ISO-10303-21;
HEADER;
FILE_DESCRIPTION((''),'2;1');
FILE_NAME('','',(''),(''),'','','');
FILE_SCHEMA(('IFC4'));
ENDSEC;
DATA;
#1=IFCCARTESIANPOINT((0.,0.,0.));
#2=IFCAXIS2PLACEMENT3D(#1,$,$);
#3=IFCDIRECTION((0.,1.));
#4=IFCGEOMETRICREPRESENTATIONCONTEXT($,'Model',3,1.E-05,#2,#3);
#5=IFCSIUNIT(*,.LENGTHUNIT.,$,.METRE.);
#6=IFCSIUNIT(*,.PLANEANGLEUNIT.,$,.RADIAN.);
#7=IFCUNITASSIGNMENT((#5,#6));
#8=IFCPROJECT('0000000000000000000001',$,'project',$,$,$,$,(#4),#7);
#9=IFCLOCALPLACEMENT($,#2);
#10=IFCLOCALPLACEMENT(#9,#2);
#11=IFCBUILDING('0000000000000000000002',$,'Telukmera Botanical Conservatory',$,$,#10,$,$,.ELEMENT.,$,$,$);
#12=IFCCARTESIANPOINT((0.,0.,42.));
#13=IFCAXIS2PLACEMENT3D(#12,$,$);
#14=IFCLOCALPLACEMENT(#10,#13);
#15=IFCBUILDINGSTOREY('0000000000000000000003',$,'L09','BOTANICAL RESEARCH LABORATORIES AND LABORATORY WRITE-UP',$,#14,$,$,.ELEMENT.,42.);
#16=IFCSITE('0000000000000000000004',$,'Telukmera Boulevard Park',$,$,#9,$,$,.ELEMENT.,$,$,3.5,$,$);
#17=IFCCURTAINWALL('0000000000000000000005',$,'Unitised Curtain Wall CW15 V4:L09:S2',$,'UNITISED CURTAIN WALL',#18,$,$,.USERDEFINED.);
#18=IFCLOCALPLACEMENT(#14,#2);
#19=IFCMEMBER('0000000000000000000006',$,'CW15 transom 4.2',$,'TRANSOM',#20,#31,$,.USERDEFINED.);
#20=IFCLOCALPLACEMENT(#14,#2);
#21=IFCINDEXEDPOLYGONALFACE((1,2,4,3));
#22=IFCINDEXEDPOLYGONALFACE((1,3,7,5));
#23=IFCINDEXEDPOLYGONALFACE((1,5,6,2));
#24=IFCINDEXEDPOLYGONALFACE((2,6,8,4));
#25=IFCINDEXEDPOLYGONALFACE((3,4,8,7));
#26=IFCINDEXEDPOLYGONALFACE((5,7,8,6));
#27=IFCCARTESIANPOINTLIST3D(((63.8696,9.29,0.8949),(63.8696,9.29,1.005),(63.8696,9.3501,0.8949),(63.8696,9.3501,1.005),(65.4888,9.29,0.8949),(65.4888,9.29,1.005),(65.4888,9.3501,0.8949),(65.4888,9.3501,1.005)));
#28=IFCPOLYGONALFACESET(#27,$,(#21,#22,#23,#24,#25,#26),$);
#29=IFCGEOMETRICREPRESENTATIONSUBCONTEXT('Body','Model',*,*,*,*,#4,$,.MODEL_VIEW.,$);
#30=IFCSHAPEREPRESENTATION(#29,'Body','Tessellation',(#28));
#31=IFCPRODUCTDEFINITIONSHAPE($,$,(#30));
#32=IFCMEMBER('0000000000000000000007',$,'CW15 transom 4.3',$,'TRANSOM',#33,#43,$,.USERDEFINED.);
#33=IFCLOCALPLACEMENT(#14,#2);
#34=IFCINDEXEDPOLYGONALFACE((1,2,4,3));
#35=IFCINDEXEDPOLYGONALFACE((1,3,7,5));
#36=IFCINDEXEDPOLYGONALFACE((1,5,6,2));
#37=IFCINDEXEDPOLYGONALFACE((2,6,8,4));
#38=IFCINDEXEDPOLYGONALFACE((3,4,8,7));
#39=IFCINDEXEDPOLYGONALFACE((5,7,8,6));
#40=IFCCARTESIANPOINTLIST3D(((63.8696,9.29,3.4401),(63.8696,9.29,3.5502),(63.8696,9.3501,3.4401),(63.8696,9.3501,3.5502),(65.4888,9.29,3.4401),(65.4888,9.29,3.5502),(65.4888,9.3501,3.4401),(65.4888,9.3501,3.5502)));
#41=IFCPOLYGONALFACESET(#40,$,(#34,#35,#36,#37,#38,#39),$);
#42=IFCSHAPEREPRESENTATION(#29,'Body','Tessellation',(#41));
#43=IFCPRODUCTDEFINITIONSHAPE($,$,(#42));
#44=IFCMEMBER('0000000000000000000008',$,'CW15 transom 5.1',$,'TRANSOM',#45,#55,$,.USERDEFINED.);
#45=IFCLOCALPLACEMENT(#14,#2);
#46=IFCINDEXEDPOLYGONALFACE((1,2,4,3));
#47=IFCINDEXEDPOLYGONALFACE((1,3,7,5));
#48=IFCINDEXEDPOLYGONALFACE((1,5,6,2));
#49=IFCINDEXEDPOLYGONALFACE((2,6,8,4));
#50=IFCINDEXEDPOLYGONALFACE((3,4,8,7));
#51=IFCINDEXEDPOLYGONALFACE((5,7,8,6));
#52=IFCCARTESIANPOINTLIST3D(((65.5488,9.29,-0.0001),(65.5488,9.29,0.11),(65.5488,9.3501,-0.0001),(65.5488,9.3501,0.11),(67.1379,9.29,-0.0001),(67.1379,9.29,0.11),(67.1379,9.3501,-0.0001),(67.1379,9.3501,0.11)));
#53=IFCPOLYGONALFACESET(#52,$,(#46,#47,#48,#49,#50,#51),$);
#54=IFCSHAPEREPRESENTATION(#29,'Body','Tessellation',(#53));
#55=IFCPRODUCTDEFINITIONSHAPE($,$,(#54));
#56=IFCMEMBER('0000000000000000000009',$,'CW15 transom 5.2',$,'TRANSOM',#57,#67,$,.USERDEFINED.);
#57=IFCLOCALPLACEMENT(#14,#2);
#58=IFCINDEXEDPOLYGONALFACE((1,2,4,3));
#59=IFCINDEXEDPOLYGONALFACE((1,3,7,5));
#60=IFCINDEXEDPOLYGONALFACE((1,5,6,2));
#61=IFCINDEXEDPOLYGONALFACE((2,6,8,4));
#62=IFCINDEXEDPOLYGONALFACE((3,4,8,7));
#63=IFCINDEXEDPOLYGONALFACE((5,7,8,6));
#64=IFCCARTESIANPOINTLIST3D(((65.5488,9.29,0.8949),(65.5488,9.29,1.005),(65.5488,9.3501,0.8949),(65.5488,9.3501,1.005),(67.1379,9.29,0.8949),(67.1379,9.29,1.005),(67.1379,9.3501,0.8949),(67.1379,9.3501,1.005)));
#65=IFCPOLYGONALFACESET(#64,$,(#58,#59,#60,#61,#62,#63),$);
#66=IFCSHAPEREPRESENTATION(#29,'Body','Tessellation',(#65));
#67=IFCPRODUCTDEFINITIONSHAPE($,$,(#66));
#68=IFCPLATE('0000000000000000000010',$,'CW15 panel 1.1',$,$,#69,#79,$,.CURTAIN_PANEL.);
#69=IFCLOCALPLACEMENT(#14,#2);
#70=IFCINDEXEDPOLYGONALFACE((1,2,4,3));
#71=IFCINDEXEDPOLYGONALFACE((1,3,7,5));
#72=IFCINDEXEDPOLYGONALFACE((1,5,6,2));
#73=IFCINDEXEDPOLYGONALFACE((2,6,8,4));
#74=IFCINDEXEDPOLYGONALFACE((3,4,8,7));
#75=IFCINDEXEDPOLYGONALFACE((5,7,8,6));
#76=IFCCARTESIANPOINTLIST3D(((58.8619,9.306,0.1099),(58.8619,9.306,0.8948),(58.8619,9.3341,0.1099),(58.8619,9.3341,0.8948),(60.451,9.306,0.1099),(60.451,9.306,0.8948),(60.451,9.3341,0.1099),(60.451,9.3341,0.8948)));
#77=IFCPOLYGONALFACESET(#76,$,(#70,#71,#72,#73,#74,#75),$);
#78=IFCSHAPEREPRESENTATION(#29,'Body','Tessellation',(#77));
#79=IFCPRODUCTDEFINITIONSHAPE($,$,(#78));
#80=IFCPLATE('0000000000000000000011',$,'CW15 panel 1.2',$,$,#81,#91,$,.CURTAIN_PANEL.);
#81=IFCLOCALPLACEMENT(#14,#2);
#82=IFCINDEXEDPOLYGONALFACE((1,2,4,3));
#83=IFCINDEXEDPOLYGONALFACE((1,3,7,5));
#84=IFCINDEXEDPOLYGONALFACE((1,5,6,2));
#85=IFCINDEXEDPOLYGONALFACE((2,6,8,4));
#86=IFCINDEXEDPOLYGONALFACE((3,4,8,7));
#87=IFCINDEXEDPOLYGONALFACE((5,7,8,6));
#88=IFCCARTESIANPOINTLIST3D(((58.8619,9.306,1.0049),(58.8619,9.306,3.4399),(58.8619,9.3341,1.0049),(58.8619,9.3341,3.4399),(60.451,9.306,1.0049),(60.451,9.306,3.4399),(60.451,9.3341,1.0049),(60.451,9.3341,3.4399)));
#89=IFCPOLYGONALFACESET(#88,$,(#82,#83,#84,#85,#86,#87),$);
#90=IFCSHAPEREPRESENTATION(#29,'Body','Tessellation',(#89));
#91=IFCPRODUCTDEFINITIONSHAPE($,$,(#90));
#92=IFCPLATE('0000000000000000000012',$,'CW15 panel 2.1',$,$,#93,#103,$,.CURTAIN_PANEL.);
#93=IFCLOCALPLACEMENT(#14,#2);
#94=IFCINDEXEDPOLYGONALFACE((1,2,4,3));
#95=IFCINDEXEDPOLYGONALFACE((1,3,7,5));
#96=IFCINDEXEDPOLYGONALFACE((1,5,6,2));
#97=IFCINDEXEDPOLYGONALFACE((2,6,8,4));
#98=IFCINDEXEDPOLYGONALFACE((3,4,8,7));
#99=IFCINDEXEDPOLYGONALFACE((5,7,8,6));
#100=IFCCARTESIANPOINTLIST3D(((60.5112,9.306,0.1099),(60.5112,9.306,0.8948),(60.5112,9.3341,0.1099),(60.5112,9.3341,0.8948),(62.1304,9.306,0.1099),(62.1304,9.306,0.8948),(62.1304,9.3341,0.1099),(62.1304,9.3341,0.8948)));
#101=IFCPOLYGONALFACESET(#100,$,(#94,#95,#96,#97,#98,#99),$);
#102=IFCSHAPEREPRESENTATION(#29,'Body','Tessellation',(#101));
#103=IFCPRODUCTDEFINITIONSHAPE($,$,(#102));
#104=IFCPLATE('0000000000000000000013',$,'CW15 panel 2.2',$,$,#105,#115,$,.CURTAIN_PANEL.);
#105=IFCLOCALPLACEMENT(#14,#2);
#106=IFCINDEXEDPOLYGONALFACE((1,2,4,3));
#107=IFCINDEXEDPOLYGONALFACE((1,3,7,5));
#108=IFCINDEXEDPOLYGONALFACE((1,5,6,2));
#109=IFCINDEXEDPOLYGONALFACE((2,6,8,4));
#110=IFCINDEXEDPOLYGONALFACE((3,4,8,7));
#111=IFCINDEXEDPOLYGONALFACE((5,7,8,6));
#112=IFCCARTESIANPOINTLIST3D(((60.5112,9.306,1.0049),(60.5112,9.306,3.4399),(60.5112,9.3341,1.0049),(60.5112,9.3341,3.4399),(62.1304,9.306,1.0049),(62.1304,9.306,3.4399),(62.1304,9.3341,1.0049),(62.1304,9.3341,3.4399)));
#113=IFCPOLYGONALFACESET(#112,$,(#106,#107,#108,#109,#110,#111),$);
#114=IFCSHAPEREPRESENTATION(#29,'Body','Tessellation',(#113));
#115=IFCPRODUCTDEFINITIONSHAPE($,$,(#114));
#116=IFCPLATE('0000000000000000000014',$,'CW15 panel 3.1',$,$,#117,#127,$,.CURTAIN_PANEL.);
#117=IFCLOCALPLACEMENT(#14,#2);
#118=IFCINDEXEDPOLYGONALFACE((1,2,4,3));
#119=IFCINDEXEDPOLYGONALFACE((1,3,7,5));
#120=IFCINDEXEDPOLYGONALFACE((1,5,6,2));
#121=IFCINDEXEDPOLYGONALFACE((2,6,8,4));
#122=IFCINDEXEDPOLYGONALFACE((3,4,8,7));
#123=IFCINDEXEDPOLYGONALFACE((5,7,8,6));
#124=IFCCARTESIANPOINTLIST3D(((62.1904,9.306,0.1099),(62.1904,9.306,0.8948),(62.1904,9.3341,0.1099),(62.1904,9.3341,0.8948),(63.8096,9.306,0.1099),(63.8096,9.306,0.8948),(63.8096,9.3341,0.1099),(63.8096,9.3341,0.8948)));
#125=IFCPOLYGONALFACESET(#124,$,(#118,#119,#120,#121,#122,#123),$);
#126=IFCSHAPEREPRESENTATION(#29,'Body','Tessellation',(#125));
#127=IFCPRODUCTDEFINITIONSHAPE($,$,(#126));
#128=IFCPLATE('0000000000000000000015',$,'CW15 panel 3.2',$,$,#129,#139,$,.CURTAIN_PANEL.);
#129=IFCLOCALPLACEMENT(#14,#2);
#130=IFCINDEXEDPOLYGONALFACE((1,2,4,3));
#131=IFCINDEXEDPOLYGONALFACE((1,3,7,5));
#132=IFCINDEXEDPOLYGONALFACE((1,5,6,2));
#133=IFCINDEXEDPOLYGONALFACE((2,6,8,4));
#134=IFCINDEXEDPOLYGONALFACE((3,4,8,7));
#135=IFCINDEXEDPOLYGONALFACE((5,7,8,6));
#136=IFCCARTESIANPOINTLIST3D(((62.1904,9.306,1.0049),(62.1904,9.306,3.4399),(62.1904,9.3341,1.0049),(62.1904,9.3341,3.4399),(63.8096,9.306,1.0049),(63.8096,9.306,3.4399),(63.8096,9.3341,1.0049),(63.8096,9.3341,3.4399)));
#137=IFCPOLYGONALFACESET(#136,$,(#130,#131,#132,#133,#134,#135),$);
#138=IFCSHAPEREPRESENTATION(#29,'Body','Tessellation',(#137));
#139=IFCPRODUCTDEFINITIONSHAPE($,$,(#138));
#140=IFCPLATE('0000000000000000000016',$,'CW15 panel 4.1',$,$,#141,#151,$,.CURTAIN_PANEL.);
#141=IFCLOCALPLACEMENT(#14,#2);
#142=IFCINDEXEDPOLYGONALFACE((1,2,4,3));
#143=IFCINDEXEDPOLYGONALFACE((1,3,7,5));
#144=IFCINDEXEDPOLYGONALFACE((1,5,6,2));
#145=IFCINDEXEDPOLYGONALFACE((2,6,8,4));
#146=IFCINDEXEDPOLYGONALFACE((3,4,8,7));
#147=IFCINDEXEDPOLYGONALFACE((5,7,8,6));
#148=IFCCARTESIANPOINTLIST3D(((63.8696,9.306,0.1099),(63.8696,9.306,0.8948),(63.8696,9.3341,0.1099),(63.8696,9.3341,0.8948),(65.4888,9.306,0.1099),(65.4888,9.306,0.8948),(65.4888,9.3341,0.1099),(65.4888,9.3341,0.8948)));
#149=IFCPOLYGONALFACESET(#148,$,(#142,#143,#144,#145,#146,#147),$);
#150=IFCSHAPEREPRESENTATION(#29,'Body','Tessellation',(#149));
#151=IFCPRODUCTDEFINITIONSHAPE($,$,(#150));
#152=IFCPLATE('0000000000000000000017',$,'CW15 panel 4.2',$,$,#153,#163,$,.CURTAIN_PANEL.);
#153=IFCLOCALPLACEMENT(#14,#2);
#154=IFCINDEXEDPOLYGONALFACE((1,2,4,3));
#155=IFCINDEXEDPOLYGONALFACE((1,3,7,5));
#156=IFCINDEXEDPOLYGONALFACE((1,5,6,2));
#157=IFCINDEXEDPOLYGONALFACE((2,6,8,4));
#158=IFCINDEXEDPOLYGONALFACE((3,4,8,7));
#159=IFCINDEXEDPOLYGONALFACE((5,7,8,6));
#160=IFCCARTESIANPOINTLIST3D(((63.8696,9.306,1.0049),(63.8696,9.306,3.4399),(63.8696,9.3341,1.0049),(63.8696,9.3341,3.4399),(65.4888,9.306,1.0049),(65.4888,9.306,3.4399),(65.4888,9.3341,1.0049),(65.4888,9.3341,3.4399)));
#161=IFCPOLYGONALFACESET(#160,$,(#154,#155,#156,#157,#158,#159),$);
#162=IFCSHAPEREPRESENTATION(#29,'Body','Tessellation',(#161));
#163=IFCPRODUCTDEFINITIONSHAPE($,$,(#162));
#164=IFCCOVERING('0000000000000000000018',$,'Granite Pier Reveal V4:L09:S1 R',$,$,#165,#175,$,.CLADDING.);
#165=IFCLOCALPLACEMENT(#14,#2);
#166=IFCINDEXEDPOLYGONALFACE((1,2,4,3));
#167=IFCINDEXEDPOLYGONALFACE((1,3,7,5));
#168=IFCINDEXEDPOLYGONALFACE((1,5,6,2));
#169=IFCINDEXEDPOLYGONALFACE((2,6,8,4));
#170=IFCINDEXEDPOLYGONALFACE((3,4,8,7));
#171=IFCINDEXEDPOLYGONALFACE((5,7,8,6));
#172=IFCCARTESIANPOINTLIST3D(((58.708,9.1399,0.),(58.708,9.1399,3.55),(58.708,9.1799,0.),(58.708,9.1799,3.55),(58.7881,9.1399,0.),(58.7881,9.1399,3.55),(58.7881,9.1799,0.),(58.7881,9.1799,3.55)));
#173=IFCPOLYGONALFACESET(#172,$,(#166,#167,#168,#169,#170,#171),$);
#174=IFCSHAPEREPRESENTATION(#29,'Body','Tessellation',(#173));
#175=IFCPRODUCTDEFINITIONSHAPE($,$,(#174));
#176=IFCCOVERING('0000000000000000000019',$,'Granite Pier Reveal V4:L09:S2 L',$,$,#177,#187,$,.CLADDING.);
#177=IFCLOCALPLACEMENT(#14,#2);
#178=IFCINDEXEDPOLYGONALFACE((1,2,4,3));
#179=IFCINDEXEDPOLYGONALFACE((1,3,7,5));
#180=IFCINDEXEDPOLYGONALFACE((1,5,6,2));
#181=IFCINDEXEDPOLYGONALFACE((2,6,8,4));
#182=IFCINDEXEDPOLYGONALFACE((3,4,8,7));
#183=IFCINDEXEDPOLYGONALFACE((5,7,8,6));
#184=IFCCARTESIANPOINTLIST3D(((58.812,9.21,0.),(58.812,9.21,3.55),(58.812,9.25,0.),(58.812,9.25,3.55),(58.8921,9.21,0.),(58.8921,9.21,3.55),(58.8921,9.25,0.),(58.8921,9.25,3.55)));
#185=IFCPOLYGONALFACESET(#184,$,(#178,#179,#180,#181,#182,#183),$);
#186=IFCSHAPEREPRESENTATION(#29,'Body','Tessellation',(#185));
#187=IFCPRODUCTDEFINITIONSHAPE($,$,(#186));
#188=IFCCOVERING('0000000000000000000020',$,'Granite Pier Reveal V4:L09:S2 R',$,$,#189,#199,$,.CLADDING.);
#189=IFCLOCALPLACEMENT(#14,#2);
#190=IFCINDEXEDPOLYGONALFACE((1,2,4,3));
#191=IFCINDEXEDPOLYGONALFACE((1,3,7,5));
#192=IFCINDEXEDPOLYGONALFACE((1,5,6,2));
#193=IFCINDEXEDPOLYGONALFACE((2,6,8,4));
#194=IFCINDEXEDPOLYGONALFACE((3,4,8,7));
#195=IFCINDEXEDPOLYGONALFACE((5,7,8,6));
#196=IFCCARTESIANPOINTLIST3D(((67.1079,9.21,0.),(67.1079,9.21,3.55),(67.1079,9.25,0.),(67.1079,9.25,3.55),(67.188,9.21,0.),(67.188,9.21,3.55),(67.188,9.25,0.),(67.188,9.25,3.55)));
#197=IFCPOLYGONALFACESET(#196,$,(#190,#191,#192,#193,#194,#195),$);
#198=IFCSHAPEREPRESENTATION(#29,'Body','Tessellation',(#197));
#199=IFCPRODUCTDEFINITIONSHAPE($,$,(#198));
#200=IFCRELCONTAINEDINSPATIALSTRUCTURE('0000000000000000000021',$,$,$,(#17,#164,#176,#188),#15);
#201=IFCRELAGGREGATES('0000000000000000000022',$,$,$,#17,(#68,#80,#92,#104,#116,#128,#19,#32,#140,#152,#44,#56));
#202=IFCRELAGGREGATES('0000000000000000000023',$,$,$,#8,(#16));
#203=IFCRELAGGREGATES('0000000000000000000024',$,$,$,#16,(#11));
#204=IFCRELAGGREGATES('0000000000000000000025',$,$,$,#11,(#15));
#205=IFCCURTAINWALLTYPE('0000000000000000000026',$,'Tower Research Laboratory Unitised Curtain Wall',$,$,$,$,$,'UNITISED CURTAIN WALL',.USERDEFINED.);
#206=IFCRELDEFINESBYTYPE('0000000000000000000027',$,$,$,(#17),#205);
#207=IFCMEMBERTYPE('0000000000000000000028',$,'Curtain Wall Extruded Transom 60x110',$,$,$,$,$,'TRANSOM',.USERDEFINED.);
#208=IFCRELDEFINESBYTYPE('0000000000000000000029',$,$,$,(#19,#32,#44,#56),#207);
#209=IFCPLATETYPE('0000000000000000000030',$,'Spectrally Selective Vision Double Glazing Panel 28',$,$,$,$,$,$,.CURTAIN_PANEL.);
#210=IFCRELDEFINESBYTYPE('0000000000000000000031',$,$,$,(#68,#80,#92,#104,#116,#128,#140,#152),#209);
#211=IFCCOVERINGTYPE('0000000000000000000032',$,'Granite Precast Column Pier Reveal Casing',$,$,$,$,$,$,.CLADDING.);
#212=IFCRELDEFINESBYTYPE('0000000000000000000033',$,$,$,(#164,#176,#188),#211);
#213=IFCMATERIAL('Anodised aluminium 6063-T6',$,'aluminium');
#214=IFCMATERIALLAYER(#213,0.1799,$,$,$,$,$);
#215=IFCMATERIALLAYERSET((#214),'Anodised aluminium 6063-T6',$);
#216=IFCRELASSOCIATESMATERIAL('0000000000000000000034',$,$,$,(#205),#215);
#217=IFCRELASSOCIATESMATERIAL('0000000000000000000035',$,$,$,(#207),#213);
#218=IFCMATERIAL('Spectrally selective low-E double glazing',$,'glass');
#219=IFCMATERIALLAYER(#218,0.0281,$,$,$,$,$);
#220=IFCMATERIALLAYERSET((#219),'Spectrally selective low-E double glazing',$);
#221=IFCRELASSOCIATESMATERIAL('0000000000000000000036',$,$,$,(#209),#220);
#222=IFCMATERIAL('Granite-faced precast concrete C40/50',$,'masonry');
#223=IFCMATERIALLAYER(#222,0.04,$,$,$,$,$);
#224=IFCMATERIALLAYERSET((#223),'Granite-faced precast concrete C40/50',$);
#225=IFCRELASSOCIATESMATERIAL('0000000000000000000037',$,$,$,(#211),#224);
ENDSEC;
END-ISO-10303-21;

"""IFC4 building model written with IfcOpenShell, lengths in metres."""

from ifc_helpers import new_model, si_unit, direction, frame, origin, origin_2d, place, context, subcontext, project, spatial, rectangle, extrude, material, layer, layer_set, material_profile, profile_set, type_object, element, aggregate, save


model = new_model("IFC4")

# Units and contexts
model_context = context("Model", 3, precision=1e-05, world=origin(), true_north=direction((0.0, 1.0)))
body_context = subcontext(model_context, "Body", "Model", "MODEL_VIEW")
ifc_project = project(units=[si_unit("LENGTHUNIT", "METRE"), si_unit("PLANEANGLEUNIT", "RADIAN")], contexts=[model_context])

# Site, building, storey
site_placement = place(None, origin())
site = spatial("IfcSite", under=ifc_project, at=site_placement, Name="Telukmera Boulevard Park", CompositionType="ELEMENT", RefElevation=3.5)
building_placement = place(site_placement, origin())
building = spatial("IfcBuilding", under=site, at=building_placement, Name="Telukmera Botanical Conservatory", CompositionType="ELEMENT")
storey_placement = place(building_placement, frame((0.0, 0.0, 42.0)))
storey = spatial("IfcBuildingStorey", under=building, at=storey_placement, Name="L09", Description="BOTANICAL RESEARCH LABORATORIES AND LABORATORY WRITE-UP", CompositionType="ELEMENT", Elevation=42.0)

# Curtain wall, members, plates
ifc_material_1 = material(Name="Anodised aluminium 6063-T6", Category="aluminium")
ifc_layer_1 = layer(ifc_material_1, 0.1799)
ifc_layer_set_1 = layer_set([ifc_layer_1], Name="Anodised aluminium 6063-T6")
curtain_wall_type = type_object("IfcCurtainWallType", Name="Tower Research Laboratory Unitised Curtain Wall", ElementType="UNITISED CURTAIN WALL", PredefinedType="USERDEFINED", material=ifc_layer_set_1)
curtain_wall_placement = place(storey_placement, origin())
curtain_wall = element("IfcCurtainWall", 1, at=curtain_wall_placement, inside=storey, type_object=curtain_wall_type, Name="Unitised Curtain Wall CW15 V4:L09:S2", ObjectType="UNITISED CURTAIN WALL", PredefinedType="USERDEFINED")
ifc_material_profile_1 = material_profile(ifc_material_1, rectangle(XDim=0.0601, YDim=0.1101, at=origin_2d()), Name="ALU TRAN 60x110")
ifc_profile_set_1 = profile_set([ifc_material_profile_1], Name="Anodised aluminium 6063-T6")
member_type_1 = type_object("IfcMemberType", Name="Curtain Wall Extruded Transom 60x110", ElementType="TRANSOM", PredefinedType="USERDEFINED", material=ifc_profile_set_1)
member_1_placement = place(storey_placement, frame((63.8696, 9.3201, 0.95), z_axis=(1.0, 0.0, 0.0), x_axis=(0.0, 1.0, 0.0)))
member_1 = element("IfcMember", 2, at=member_1_placement, type_object=member_type_1, Name="CW15 transom 4.2", ObjectType="TRANSOM", PredefinedType="USERDEFINED", context=body_context, shape_type="SweptSolid", body=[
    extrude(rectangle(XDim=0.0601, YDim=0.1101, at=origin_2d()), origin(), (0.0, 0.0, 1.0), 1.6191),
])
member_2_placement = place(storey_placement, frame((63.8696, 9.3201, 3.4951), z_axis=(1.0, 0.0, 0.0), x_axis=(0.0, 1.0, 0.0)))
member_2 = element("IfcMember", 3, at=member_2_placement, type_object=member_type_1, Name="CW15 transom 4.3", ObjectType="TRANSOM", PredefinedType="USERDEFINED", context=body_context, shape_type="SweptSolid", body=[
    extrude(rectangle(XDim=0.0601, YDim=0.1101, at=origin_2d()), origin(), (0.0, 0.0, 1.0), 1.6191),
])
member_3_placement = place(storey_placement, frame((65.5488, 9.3201, 0.0549), z_axis=(1.0, 0.0, 0.0), x_axis=(0.0, 1.0, 0.0)))
member_3 = element("IfcMember", 4, at=member_3_placement, type_object=member_type_1, Name="CW15 transom 5.1", ObjectType="TRANSOM", PredefinedType="USERDEFINED", context=body_context, shape_type="SweptSolid", body=[
    extrude(rectangle(XDim=0.0601, YDim=0.1101, at=origin_2d()), origin(), (0.0, 0.0, 1.0), 1.5891),
])
member_4_placement = place(storey_placement, frame((65.5488, 9.3201, 0.95), z_axis=(1.0, 0.0, 0.0), x_axis=(0.0, 1.0, 0.0)))
member_4 = element("IfcMember", 5, at=member_4_placement, type_object=member_type_1, Name="CW15 transom 5.2", ObjectType="TRANSOM", PredefinedType="USERDEFINED", context=body_context, shape_type="SweptSolid", body=[
    extrude(rectangle(XDim=0.0601, YDim=0.1101, at=origin_2d()), origin(), (0.0, 0.0, 1.0), 1.5891),
])
ifc_material_2 = material(Name="Spectrally selective low-E double glazing", Category="glass")
ifc_layer_2 = layer(ifc_material_2, 0.0281)
ifc_layer_set_2 = layer_set([ifc_layer_2], Name="Spectrally selective low-E double glazing")
plate_type = type_object("IfcPlateType", Name="Spectrally Selective Vision Double Glazing Panel 28", PredefinedType="CURTAIN_PANEL", material=ifc_layer_set_2)
plate_1_placement = place(storey_placement, frame((59.6565, 9.3201, 0.1099), z_axis=(0.0, 0.0, 1.0), x_axis=(1.0, 0.0, 0.0)))
plate_1 = element("IfcPlate", 6, at=plate_1_placement, type_object=plate_type, Name="CW15 panel 1.1", PredefinedType="CURTAIN_PANEL", context=body_context, shape_type="SweptSolid", body=[
    extrude(rectangle(XDim=1.5891, YDim=0.0281, at=origin_2d()), origin(), (0.0, 0.0, 1.0), 0.7849),
])
plate_2_placement = place(storey_placement, frame((59.6565, 9.3201, 1.0049), z_axis=(0.0, 0.0, 1.0), x_axis=(1.0, 0.0, 0.0)))
plate_2 = element("IfcPlate", 7, at=plate_2_placement, type_object=plate_type, Name="CW15 panel 1.2", PredefinedType="CURTAIN_PANEL", context=body_context, shape_type="SweptSolid", body=[
    extrude(rectangle(XDim=1.5891, YDim=0.0281, at=origin_2d()), origin(), (0.0, 0.0, 1.0), 2.4351),
])
plate_3_placement = place(storey_placement, frame((61.3208, 9.3201, 0.1099), z_axis=(0.0, 0.0, 1.0), x_axis=(1.0, 0.0, 0.0)))
plate_3 = element("IfcPlate", 8, at=plate_3_placement, type_object=plate_type, Name="CW15 panel 2.1", PredefinedType="CURTAIN_PANEL", context=body_context, shape_type="SweptSolid", body=[
    extrude(rectangle(XDim=1.6191, YDim=0.0281, at=origin_2d()), origin(), (0.0, 0.0, 1.0), 0.7849),
])
plate_4_placement = place(storey_placement, frame((61.3208, 9.3201, 1.0049), z_axis=(0.0, 0.0, 1.0), x_axis=(1.0, 0.0, 0.0)))
plate_4 = element("IfcPlate", 9, at=plate_4_placement, type_object=plate_type, Name="CW15 panel 2.2", PredefinedType="CURTAIN_PANEL", context=body_context, shape_type="SweptSolid", body=[
    extrude(rectangle(XDim=1.6191, YDim=0.0281, at=origin_2d()), origin(), (0.0, 0.0, 1.0), 2.4351),
])
plate_5_placement = place(storey_placement, frame((63.0, 9.3201, 0.1099), z_axis=(0.0, 0.0, 1.0), x_axis=(1.0, 0.0, 0.0)))
plate_5 = element("IfcPlate", 10, at=plate_5_placement, type_object=plate_type, Name="CW15 panel 3.1", PredefinedType="CURTAIN_PANEL", context=body_context, shape_type="SweptSolid", body=[
    extrude(rectangle(XDim=1.6191, YDim=0.0281, at=origin_2d()), origin(), (0.0, 0.0, 1.0), 0.7849),
])
plate_6_placement = place(storey_placement, frame((63.0, 9.3201, 1.0049), z_axis=(0.0, 0.0, 1.0), x_axis=(1.0, 0.0, 0.0)))
plate_6 = element("IfcPlate", 11, at=plate_6_placement, type_object=plate_type, Name="CW15 panel 3.2", PredefinedType="CURTAIN_PANEL", context=body_context, shape_type="SweptSolid", body=[
    extrude(rectangle(XDim=1.6191, YDim=0.0281, at=origin_2d()), origin(), (0.0, 0.0, 1.0), 2.4351),
])
plate_7_placement = place(storey_placement, frame((64.6792, 9.3201, 0.1099), z_axis=(0.0, 0.0, 1.0), x_axis=(1.0, 0.0, 0.0)))
plate_7 = element("IfcPlate", 12, at=plate_7_placement, type_object=plate_type, Name="CW15 panel 4.1", PredefinedType="CURTAIN_PANEL", context=body_context, shape_type="SweptSolid", body=[
    extrude(rectangle(XDim=1.6191, YDim=0.0281, at=origin_2d()), origin(), (0.0, 0.0, 1.0), 0.7849),
])
plate_8_placement = place(storey_placement, frame((64.6792, 9.3201, 1.0049), z_axis=(0.0, 0.0, 1.0), x_axis=(1.0, 0.0, 0.0)))
plate_8 = element("IfcPlate", 13, at=plate_8_placement, type_object=plate_type, Name="CW15 panel 4.2", PredefinedType="CURTAIN_PANEL", context=body_context, shape_type="SweptSolid", body=[
    extrude(rectangle(XDim=1.6191, YDim=0.0281, at=origin_2d()), origin(), (0.0, 0.0, 1.0), 2.4351),
])
aggregate(curtain_wall, [plate_1, plate_2, plate_3, plate_4, plate_5, plate_6, member_1, member_2, plate_7, plate_8, member_3, member_4])

# Coverings
ifc_material_3 = material(Name="Granite-faced precast concrete C40/50", Category="masonry")
ifc_layer_3 = layer(ifc_material_3, 0.04)
ifc_layer_set_3 = layer_set([ifc_layer_3], Name="Granite-faced precast concrete C40/50")
covering_type_1 = type_object("IfcCoveringType", Name="Granite Precast Column Pier Reveal Casing", PredefinedType="CLADDING", material=ifc_layer_set_3)
for number, where, z_axis, x_axis, name in (
    (14, (58.748, 9.1599, 0.0), (0.0, 0.0, 1.0), (1.0, 0.0, 0.0), "Granite Pier Reveal V4:L09:S1 R"),
    (15, (58.8521, 9.23, 0.0), (0.0, 0.0, 1.0), (1.0, 0.0, 0.0), "Granite Pier Reveal V4:L09:S2 L"),
    (16, (67.1479, 9.23, 0.0), (0.0, 0.0, 1.0), (1.0, 0.0, 0.0), "Granite Pier Reveal V4:L09:S2 R"),
):
    element("IfcCovering", number, at=place(storey_placement, frame(where, z_axis=z_axis, x_axis=x_axis)), inside=storey, type_object=covering_type_1, Name=name, PredefinedType="CLADDING", context=body_context, shape_type="SweptSolid", body=[
        extrude(rectangle(XDim=0.0801, YDim=0.04, at=origin_2d()), origin(), (0.0, 0.0, 1.0), 3.55),
    ])

save(model, "model.ifc")
